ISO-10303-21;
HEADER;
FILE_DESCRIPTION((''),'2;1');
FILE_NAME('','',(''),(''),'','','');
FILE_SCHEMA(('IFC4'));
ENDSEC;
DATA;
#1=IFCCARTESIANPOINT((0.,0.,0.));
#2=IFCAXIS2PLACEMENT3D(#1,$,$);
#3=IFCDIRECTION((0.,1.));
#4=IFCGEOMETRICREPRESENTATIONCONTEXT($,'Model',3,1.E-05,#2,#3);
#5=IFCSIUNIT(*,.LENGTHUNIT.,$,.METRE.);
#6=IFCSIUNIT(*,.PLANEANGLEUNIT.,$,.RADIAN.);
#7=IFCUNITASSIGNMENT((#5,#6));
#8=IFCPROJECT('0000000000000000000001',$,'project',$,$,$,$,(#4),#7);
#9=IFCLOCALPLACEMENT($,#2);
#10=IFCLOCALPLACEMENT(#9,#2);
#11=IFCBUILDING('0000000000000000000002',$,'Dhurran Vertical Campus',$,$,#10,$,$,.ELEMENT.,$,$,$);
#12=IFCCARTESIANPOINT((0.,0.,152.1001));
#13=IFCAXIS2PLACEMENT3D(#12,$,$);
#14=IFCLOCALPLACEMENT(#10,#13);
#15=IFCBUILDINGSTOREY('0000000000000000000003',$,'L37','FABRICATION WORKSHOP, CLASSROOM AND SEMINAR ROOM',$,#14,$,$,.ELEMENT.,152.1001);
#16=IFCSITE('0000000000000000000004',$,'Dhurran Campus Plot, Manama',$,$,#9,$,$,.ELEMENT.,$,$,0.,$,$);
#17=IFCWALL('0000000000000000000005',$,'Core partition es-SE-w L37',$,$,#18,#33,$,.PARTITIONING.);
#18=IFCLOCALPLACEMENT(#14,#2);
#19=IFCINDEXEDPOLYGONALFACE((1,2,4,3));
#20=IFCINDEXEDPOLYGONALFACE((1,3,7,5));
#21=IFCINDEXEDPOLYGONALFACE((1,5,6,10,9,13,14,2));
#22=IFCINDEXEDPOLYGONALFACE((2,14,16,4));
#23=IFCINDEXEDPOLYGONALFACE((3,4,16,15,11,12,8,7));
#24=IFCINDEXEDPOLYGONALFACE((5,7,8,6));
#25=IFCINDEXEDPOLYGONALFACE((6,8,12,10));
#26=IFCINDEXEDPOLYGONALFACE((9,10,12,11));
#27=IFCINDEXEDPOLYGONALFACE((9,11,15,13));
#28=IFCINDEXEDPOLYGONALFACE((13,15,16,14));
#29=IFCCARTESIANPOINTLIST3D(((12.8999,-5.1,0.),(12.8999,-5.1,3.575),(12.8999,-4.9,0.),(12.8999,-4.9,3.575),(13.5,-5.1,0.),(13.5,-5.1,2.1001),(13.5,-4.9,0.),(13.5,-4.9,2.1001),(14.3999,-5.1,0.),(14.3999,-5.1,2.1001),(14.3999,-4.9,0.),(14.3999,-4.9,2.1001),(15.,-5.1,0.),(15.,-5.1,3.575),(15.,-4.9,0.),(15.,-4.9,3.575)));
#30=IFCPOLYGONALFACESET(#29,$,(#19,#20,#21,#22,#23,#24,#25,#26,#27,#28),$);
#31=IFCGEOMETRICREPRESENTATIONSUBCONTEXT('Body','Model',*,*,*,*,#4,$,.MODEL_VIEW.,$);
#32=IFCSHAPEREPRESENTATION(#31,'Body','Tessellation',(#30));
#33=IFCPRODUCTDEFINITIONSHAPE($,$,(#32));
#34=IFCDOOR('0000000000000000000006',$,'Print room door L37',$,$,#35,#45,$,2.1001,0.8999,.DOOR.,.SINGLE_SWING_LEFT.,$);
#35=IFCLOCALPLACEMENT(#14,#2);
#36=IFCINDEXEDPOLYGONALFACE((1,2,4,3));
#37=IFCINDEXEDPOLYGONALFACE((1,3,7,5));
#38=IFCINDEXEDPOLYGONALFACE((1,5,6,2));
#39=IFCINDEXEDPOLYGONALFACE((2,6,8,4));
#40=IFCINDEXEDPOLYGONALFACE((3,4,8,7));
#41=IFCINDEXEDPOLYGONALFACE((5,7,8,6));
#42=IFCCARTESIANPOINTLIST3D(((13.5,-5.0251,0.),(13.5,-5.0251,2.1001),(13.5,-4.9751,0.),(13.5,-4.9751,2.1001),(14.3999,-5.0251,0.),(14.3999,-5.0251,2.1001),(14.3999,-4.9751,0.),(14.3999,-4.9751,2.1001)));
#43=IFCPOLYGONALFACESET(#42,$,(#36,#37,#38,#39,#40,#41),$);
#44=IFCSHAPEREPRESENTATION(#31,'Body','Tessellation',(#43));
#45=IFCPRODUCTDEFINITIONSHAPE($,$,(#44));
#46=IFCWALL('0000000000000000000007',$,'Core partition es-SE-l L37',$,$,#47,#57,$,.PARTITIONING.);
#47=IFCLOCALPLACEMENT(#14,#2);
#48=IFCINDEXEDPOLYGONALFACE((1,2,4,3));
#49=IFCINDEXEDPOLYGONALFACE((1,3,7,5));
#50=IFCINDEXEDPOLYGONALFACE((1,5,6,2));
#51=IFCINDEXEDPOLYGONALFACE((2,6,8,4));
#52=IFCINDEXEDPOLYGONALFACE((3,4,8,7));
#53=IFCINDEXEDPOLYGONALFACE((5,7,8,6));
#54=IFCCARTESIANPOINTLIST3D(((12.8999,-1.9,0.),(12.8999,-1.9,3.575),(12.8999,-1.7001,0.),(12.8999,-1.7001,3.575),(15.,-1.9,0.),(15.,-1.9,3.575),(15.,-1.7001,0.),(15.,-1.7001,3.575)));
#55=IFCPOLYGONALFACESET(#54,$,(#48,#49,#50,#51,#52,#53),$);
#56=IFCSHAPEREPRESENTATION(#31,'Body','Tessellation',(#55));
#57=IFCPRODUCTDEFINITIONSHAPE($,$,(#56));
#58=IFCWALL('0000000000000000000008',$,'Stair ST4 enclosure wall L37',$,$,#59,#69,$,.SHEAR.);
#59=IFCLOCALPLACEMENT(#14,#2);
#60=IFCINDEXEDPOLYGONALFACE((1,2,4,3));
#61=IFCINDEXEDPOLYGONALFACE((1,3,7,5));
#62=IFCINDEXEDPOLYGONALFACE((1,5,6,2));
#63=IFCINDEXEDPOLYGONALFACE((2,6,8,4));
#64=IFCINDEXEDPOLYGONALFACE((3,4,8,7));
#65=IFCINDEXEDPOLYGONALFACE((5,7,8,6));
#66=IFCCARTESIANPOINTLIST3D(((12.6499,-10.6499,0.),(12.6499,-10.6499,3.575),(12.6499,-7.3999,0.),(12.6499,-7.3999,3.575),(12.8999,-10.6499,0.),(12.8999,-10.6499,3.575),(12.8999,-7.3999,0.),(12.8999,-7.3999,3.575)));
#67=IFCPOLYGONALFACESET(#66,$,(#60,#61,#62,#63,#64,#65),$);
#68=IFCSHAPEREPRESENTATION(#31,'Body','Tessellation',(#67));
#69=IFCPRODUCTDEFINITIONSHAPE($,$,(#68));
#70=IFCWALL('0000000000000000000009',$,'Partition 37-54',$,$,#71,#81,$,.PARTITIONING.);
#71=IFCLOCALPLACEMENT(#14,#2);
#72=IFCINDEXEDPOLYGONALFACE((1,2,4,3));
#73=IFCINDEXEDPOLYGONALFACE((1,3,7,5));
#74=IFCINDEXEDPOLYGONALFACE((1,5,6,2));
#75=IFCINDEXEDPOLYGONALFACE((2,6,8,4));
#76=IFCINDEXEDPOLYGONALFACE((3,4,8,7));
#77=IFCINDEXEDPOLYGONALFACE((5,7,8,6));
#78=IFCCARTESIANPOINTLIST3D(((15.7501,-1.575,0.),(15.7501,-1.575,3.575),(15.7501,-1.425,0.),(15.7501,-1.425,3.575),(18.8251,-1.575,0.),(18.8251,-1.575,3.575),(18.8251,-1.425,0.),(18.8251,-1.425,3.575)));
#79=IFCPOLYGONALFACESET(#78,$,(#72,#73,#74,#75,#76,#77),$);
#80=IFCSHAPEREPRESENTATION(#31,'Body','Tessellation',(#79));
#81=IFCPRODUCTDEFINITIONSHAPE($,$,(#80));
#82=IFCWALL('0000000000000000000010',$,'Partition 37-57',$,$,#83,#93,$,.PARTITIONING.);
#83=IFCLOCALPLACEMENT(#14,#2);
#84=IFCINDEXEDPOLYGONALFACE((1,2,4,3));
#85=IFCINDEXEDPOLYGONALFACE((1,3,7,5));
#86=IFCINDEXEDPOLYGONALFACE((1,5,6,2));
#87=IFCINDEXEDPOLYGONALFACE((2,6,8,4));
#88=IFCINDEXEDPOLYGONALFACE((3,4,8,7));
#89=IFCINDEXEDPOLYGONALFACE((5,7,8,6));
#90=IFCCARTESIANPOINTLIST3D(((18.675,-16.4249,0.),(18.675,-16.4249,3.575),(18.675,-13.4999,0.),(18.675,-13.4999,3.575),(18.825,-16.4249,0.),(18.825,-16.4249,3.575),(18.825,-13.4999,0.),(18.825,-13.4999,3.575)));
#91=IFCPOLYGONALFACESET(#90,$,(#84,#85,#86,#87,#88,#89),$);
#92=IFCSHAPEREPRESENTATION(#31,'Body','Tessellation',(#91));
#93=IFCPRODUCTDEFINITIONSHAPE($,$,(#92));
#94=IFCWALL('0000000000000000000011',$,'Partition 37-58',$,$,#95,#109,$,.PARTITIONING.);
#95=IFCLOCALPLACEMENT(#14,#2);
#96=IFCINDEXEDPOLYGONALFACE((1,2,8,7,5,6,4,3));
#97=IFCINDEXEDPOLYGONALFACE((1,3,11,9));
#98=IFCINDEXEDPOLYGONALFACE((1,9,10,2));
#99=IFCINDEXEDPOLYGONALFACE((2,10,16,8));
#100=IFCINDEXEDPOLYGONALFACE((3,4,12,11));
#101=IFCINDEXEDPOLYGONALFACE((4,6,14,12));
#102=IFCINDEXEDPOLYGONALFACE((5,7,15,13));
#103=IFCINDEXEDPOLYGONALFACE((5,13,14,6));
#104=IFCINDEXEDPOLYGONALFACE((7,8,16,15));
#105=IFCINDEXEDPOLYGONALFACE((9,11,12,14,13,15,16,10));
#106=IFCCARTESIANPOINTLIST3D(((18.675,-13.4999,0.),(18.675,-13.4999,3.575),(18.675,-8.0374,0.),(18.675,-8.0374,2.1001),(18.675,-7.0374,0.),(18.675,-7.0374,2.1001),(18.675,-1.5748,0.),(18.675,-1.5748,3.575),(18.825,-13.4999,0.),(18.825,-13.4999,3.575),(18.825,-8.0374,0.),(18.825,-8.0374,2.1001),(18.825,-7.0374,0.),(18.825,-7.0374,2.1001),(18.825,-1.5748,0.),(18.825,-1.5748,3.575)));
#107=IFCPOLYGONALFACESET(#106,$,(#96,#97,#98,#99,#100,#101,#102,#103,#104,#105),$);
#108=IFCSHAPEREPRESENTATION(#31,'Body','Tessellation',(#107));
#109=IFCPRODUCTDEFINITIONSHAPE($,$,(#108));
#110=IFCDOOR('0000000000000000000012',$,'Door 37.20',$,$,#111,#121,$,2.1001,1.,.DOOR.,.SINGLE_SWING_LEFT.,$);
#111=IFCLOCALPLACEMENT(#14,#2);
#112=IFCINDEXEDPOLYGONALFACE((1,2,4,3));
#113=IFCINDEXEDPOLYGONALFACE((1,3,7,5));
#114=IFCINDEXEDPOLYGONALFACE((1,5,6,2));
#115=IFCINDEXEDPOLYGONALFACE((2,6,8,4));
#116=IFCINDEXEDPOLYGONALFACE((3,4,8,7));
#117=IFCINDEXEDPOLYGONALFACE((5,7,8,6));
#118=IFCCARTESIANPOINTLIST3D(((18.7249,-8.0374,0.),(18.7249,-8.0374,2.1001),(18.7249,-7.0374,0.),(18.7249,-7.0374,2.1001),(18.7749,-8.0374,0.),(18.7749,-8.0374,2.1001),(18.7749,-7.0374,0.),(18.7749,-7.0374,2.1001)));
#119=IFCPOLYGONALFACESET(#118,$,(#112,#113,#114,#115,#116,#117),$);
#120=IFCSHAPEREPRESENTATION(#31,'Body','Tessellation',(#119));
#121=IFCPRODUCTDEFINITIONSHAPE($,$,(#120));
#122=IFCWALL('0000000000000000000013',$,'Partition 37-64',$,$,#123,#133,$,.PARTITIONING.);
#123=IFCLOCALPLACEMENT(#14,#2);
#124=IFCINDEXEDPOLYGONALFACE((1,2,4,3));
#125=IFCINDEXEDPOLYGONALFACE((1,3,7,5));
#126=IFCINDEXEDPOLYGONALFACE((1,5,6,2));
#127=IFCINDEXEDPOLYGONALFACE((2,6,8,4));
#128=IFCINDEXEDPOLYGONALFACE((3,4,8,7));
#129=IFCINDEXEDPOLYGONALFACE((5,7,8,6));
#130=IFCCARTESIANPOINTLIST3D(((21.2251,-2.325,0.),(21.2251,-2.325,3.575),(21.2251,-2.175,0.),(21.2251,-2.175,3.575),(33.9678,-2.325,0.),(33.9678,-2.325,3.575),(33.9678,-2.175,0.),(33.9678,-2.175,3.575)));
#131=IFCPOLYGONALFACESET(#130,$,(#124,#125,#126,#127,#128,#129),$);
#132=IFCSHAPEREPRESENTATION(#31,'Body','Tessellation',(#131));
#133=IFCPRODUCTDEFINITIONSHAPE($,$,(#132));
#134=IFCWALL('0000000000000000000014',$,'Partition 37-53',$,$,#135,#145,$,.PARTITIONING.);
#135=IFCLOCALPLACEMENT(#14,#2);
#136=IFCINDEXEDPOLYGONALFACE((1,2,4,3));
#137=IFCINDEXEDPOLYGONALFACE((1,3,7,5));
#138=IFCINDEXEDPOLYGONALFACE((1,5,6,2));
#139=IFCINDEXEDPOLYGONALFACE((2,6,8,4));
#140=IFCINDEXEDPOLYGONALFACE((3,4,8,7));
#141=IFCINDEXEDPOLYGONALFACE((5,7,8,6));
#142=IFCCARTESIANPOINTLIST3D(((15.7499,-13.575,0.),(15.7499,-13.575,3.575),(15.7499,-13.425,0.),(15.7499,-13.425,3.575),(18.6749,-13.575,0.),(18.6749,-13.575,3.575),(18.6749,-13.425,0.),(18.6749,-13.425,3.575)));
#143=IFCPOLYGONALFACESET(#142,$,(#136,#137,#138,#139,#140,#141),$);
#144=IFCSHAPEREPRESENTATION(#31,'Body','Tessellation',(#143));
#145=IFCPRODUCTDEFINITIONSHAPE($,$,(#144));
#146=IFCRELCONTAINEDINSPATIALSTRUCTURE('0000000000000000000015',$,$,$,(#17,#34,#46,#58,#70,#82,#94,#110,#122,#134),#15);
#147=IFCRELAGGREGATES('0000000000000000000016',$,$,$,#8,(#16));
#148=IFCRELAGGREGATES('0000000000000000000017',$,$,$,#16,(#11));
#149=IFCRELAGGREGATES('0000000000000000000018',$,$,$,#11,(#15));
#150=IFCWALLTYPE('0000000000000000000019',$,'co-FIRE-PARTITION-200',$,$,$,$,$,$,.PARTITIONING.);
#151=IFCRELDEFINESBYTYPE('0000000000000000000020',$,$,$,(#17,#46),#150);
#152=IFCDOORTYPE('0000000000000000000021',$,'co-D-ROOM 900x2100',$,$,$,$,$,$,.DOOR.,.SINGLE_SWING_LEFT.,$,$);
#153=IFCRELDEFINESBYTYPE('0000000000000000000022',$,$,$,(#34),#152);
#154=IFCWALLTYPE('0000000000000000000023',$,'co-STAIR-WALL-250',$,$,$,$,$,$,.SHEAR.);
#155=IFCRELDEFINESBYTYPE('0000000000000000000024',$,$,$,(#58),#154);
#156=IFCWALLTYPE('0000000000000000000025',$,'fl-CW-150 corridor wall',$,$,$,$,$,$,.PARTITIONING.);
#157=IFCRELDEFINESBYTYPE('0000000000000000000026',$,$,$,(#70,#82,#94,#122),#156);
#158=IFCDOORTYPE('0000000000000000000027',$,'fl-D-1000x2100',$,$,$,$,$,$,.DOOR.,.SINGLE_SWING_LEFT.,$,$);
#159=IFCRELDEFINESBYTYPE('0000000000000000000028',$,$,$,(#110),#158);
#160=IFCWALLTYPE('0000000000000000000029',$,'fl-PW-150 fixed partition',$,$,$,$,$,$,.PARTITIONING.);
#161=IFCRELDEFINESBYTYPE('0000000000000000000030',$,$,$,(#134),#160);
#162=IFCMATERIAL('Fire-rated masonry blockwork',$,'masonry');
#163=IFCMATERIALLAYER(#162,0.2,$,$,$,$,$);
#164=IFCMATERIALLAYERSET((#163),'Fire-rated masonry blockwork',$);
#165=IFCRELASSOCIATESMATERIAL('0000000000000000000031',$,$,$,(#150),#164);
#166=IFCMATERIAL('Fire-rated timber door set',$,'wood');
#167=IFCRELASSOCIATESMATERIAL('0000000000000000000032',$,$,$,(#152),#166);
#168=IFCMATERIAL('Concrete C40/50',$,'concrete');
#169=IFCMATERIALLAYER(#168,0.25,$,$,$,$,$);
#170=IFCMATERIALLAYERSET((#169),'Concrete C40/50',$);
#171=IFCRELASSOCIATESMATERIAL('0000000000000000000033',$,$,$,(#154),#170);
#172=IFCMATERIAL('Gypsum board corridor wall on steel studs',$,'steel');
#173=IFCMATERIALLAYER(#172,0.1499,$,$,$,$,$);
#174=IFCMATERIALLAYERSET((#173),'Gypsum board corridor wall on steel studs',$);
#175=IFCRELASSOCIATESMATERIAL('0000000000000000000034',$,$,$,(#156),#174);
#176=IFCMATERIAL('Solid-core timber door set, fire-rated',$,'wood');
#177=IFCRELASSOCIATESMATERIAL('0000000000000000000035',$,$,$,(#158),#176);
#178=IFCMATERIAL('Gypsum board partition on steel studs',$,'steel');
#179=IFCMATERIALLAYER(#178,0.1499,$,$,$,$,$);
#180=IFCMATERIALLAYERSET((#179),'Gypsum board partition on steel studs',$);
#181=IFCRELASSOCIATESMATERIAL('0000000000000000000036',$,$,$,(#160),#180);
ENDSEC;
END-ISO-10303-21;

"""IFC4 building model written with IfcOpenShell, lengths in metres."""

from ifc_helpers import new_model, si_unit, direction, frame, frame_2d, origin, place, context, subcontext, project, spatial, rectangle, extrude, material, layer, layer_set, type_object, element, fill, save


model = new_model("IFC4")

# Units and contexts
model_context = context("Model", 3, precision=1e-05, world=origin(), true_north=direction((0.0, 1.0)))
body_context = subcontext(model_context, "Body", "Model", "MODEL_VIEW")
ifc_project = project(units=[si_unit("LENGTHUNIT", "METRE"), si_unit("PLANEANGLEUNIT", "RADIAN")], contexts=[model_context])

# Site, building, storey
site_placement = place(None, origin())
site = spatial("IfcSite", under=ifc_project, at=site_placement, Name="Dhurran Campus Plot, Manama", CompositionType="ELEMENT", RefElevation=0.0)
building_placement = place(site_placement, origin())
building = spatial("IfcBuilding", under=site, at=building_placement, Name="Dhurran Vertical Campus", CompositionType="ELEMENT")
storey_placement = place(building_placement, frame((0.0, 0.0, 152.1001)))
storey = spatial("IfcBuildingStorey", under=building, at=storey_placement, Name="L37", Description="FABRICATION WORKSHOP, CLASSROOM AND SEMINAR ROOM", CompositionType="ELEMENT", Elevation=152.1001)

# Shared definitions
ifc_material_1 = material(Name="Fire-rated masonry blockwork", Category="masonry")
ifc_layer_1 = layer(ifc_material_1, 0.2)
ifc_layer_set_1 = layer_set([ifc_layer_1], Name="Fire-rated masonry blockwork")
wall_type_1 = type_object("IfcWallType", Name="co-FIRE-PARTITION-200", PredefinedType="PARTITIONING", material=ifc_layer_set_1)

# Wall, opening, door
ifc_material_2 = material(Name="Fire-rated timber door set", Category="wood")
door_type_1 = type_object("IfcDoorType", Name="co-D-ROOM 900x2100", OperationType="SINGLE_SWING_LEFT", PredefinedType="DOOR", material=ifc_material_2)
wall_1_placement = place(storey_placement, frame((12.8999, -5.0, 0.0), z_axis=(0.0, 0.0, 1.0), x_axis=(1.0, 0.0, 0.0)))
wall_1 = element("IfcWall", 1, at=wall_1_placement, inside=storey, type_object=wall_type_1, Name="Core partition es-SE-w L37", PredefinedType="PARTITIONING", context=body_context, shape_type="SweptSolid", body=[
    extrude(rectangle(XDim=2.1001, YDim=0.2, at=frame_2d((1.05, 0.0))), origin(), (0.0, 0.0, 1.0), 3.575),
])
opening_1_placement = place(wall_1_placement, frame((0.6001, 0.0, 0.0)))
opening_1 = element("IfcOpeningElement", 2, at=opening_1_placement, cuts=wall_1, PredefinedType="OPENING", context=body_context, shape_type="SweptSolid", body=[
    extrude(rectangle(XDim=0.8999, YDim=2.1001, at=frame_2d((0.45, 1.05))), frame((0.0, 0.1099, 0.0), z_axis=(0.0, -1.0, 0.0), x_axis=(1.0, 0.0, 0.0)), (0.0, 0.0, 1.0), 0.22),
])
door_1_placement = place(opening_1_placement, origin())
door_1 = element("IfcDoor", 3, at=door_1_placement, inside=storey, type_object=door_type_1, Name="Print room door L37", OperationType="SINGLE_SWING_LEFT", OverallHeight=2.1001, OverallWidth=0.8999, PredefinedType="DOOR", context=body_context, shape_type="SweptSolid", body=[
    extrude(rectangle(XDim=0.8999, YDim=2.1001, at=frame_2d((0.45, 1.05))), frame((0.0, 0.0249, 0.0), z_axis=(0.0, -1.0, 0.0), x_axis=(1.0, 0.0, 0.0)), (0.0, 0.0, 1.0), 0.05),
])
fill(opening_1, door_1)

# Walls
wall_2_placement = place(storey_placement, frame((12.8999, -1.8, 0.0), z_axis=(0.0, 0.0, 1.0), x_axis=(1.0, 0.0, 0.0)))
element("IfcWall", 4, at=wall_2_placement, inside=storey, type_object=wall_type_1, Name="Core partition es-SE-l L37", PredefinedType="PARTITIONING", context=body_context, shape_type="SweptSolid", body=[
    extrude(rectangle(XDim=2.1001, YDim=0.2, at=frame_2d((1.05, 0.0))), origin(), (0.0, 0.0, 1.0), 3.575),
])
ifc_material_3 = material(Name="Concrete C40/50", Category="concrete")
ifc_layer_2 = layer(ifc_material_3, 0.25)
ifc_layer_set_2 = layer_set([ifc_layer_2], Name="Concrete C40/50")
wall_type_2 = type_object("IfcWallType", Name="co-STAIR-WALL-250", PredefinedType="SHEAR", material=ifc_layer_set_2)
wall_3_placement = place(storey_placement, frame((12.7749, -10.6499, 0.0), z_axis=(0.0, 0.0, 1.0), x_axis=(0.0, 1.0, 0.0)))
element("IfcWall", 5, at=wall_3_placement, inside=storey, type_object=wall_type_2, Name="Stair ST4 enclosure wall L37", PredefinedType="SHEAR", context=body_context, shape_type="SweptSolid", body=[
    extrude(rectangle(XDim=3.25, YDim=0.25, at=frame_2d((1.625, 0.0))), origin(), (0.0, 0.0, 1.0), 3.575),
])
ifc_material_4 = material(Name="Gypsum board corridor wall on steel studs", Category="steel")
ifc_layer_3 = layer(ifc_material_4, 0.1499)
ifc_layer_set_3 = layer_set([ifc_layer_3], Name="Gypsum board corridor wall on steel studs")
wall_type_3 = type_object("IfcWallType", Name="fl-CW-150 corridor wall", PredefinedType="PARTITIONING", material=ifc_layer_set_3)
wall_4_placement = place(storey_placement, frame((15.75, -1.5, 0.0), z_axis=(0.0, 0.0, 1.0), x_axis=(1.0, 0.0, 0.0)))
element("IfcWall", 6, at=wall_4_placement, inside=storey, type_object=wall_type_3, Name="Partition 37-54", PredefinedType="PARTITIONING", context=body_context, shape_type="SweptSolid", body=[
    extrude(rectangle(XDim=3.075, YDim=0.1499, at=frame_2d((1.5376, 0.0))), origin(), (0.0, 0.0, 1.0), 3.575),
])
wall_5_placement = place(storey_placement, frame((18.75, -13.5, 0.0), z_axis=(0.0, 0.0, 1.0), x_axis=(0.0, -1.0, 0.0)))
element("IfcWall", 7, at=wall_5_placement, inside=storey, type_object=wall_type_3, Name="Partition 37-57", PredefinedType="PARTITIONING", context=body_context, shape_type="SweptSolid", body=[
    extrude(rectangle(XDim=2.925, YDim=0.1499, at=frame_2d((1.4624, 0.0))), origin(), (0.0, 0.0, 1.0), 3.575),
])

# Wall, opening, door
wall_6_placement = place(storey_placement, frame((18.75, -1.575, 0.0), z_axis=(0.0, 0.0, 1.0), x_axis=(0.0, -1.0, 0.0)))
wall_6 = element("IfcWall", 8, at=wall_6_placement, inside=storey, type_object=wall_type_3, Name="Partition 37-58", PredefinedType="PARTITIONING", context=body_context, shape_type="SweptSolid", body=[
    extrude(rectangle(XDim=11.925, YDim=0.1499, at=frame_2d((5.9624, 0.0))), origin(), (0.0, 0.0, 1.0), 3.575),
])
opening_2_placement = place(wall_6_placement, frame((5.4624, 0.0, 0.0)))
opening_2 = element("IfcOpeningElement", 9, at=opening_2_placement, cuts=wall_6, PredefinedType="OPENING", context=body_context, shape_type="SweptSolid", body=[
    extrude(rectangle(XDim=1.0, YDim=2.1001, at=frame_2d((0.5, 1.05))), frame((0.0, 0.085, 0.0), z_axis=(0.0, -1.0, 0.0), x_axis=(1.0, 0.0, 0.0)), (0.0, 0.0, 1.0), 0.1699),
])
ifc_material_5 = material(Name="Solid-core timber door set, fire-rated", Category="wood")
door_type_2 = type_object("IfcDoorType", Name="fl-D-1000x2100", OperationType="SINGLE_SWING_LEFT", PredefinedType="DOOR", material=ifc_material_5)
door_2_placement = place(opening_2_placement, origin())
door_2 = element("IfcDoor", 10, at=door_2_placement, inside=storey, type_object=door_type_2, Name="Door 37.20", OperationType="SINGLE_SWING_LEFT", OverallHeight=2.1001, OverallWidth=1.0, PredefinedType="DOOR", context=body_context, shape_type="SweptSolid", body=[
    extrude(rectangle(XDim=1.0, YDim=2.1001, at=frame_2d((0.5, 1.05))), frame((0.0, 0.0249, 0.0), z_axis=(0.0, -1.0, 0.0), x_axis=(1.0, 0.0, 0.0)), (0.0, 0.0, 1.0), 0.05),
])
fill(opening_2, door_2)

# Walls
wall_7_placement = place(storey_placement, frame((33.9678, -2.25, 0.0), z_axis=(0.0, 0.0, 1.0), x_axis=(-1.0, 0.0, 0.0)))
element("IfcWall", 11, at=wall_7_placement, inside=storey, type_object=wall_type_3, Name="Partition 37-64", PredefinedType="PARTITIONING", context=body_context, shape_type="SweptSolid", body=[
    extrude(rectangle(XDim=12.7427, YDim=0.1499, at=frame_2d((6.3713, 0.0))), origin(), (0.0, 0.0, 1.0), 3.575),
])
ifc_material_6 = material(Name="Gypsum board partition on steel studs", Category="steel")
ifc_layer_4 = layer(ifc_material_6, 0.1499)
ifc_layer_set_4 = layer_set([ifc_layer_4], Name="Gypsum board partition on steel studs")
wall_type_4 = type_object("IfcWallType", Name="fl-PW-150 fixed partition", PredefinedType="PARTITIONING", material=ifc_layer_set_4)
wall_8_placement = place(storey_placement, frame((15.75, -13.5, 0.0), z_axis=(0.0, 0.0, 1.0), x_axis=(1.0, 0.0, 0.0)))
element("IfcWall", 12, at=wall_8_placement, inside=storey, type_object=wall_type_4, Name="Partition 37-53", PredefinedType="PARTITIONING", context=body_context, shape_type="SweptSolid", body=[
    extrude(rectangle(XDim=2.925, YDim=0.1499, at=frame_2d((1.4624, 0.0))), origin(), (0.0, 0.0, 1.0), 3.575),
])

save(model, "model.ifc")
